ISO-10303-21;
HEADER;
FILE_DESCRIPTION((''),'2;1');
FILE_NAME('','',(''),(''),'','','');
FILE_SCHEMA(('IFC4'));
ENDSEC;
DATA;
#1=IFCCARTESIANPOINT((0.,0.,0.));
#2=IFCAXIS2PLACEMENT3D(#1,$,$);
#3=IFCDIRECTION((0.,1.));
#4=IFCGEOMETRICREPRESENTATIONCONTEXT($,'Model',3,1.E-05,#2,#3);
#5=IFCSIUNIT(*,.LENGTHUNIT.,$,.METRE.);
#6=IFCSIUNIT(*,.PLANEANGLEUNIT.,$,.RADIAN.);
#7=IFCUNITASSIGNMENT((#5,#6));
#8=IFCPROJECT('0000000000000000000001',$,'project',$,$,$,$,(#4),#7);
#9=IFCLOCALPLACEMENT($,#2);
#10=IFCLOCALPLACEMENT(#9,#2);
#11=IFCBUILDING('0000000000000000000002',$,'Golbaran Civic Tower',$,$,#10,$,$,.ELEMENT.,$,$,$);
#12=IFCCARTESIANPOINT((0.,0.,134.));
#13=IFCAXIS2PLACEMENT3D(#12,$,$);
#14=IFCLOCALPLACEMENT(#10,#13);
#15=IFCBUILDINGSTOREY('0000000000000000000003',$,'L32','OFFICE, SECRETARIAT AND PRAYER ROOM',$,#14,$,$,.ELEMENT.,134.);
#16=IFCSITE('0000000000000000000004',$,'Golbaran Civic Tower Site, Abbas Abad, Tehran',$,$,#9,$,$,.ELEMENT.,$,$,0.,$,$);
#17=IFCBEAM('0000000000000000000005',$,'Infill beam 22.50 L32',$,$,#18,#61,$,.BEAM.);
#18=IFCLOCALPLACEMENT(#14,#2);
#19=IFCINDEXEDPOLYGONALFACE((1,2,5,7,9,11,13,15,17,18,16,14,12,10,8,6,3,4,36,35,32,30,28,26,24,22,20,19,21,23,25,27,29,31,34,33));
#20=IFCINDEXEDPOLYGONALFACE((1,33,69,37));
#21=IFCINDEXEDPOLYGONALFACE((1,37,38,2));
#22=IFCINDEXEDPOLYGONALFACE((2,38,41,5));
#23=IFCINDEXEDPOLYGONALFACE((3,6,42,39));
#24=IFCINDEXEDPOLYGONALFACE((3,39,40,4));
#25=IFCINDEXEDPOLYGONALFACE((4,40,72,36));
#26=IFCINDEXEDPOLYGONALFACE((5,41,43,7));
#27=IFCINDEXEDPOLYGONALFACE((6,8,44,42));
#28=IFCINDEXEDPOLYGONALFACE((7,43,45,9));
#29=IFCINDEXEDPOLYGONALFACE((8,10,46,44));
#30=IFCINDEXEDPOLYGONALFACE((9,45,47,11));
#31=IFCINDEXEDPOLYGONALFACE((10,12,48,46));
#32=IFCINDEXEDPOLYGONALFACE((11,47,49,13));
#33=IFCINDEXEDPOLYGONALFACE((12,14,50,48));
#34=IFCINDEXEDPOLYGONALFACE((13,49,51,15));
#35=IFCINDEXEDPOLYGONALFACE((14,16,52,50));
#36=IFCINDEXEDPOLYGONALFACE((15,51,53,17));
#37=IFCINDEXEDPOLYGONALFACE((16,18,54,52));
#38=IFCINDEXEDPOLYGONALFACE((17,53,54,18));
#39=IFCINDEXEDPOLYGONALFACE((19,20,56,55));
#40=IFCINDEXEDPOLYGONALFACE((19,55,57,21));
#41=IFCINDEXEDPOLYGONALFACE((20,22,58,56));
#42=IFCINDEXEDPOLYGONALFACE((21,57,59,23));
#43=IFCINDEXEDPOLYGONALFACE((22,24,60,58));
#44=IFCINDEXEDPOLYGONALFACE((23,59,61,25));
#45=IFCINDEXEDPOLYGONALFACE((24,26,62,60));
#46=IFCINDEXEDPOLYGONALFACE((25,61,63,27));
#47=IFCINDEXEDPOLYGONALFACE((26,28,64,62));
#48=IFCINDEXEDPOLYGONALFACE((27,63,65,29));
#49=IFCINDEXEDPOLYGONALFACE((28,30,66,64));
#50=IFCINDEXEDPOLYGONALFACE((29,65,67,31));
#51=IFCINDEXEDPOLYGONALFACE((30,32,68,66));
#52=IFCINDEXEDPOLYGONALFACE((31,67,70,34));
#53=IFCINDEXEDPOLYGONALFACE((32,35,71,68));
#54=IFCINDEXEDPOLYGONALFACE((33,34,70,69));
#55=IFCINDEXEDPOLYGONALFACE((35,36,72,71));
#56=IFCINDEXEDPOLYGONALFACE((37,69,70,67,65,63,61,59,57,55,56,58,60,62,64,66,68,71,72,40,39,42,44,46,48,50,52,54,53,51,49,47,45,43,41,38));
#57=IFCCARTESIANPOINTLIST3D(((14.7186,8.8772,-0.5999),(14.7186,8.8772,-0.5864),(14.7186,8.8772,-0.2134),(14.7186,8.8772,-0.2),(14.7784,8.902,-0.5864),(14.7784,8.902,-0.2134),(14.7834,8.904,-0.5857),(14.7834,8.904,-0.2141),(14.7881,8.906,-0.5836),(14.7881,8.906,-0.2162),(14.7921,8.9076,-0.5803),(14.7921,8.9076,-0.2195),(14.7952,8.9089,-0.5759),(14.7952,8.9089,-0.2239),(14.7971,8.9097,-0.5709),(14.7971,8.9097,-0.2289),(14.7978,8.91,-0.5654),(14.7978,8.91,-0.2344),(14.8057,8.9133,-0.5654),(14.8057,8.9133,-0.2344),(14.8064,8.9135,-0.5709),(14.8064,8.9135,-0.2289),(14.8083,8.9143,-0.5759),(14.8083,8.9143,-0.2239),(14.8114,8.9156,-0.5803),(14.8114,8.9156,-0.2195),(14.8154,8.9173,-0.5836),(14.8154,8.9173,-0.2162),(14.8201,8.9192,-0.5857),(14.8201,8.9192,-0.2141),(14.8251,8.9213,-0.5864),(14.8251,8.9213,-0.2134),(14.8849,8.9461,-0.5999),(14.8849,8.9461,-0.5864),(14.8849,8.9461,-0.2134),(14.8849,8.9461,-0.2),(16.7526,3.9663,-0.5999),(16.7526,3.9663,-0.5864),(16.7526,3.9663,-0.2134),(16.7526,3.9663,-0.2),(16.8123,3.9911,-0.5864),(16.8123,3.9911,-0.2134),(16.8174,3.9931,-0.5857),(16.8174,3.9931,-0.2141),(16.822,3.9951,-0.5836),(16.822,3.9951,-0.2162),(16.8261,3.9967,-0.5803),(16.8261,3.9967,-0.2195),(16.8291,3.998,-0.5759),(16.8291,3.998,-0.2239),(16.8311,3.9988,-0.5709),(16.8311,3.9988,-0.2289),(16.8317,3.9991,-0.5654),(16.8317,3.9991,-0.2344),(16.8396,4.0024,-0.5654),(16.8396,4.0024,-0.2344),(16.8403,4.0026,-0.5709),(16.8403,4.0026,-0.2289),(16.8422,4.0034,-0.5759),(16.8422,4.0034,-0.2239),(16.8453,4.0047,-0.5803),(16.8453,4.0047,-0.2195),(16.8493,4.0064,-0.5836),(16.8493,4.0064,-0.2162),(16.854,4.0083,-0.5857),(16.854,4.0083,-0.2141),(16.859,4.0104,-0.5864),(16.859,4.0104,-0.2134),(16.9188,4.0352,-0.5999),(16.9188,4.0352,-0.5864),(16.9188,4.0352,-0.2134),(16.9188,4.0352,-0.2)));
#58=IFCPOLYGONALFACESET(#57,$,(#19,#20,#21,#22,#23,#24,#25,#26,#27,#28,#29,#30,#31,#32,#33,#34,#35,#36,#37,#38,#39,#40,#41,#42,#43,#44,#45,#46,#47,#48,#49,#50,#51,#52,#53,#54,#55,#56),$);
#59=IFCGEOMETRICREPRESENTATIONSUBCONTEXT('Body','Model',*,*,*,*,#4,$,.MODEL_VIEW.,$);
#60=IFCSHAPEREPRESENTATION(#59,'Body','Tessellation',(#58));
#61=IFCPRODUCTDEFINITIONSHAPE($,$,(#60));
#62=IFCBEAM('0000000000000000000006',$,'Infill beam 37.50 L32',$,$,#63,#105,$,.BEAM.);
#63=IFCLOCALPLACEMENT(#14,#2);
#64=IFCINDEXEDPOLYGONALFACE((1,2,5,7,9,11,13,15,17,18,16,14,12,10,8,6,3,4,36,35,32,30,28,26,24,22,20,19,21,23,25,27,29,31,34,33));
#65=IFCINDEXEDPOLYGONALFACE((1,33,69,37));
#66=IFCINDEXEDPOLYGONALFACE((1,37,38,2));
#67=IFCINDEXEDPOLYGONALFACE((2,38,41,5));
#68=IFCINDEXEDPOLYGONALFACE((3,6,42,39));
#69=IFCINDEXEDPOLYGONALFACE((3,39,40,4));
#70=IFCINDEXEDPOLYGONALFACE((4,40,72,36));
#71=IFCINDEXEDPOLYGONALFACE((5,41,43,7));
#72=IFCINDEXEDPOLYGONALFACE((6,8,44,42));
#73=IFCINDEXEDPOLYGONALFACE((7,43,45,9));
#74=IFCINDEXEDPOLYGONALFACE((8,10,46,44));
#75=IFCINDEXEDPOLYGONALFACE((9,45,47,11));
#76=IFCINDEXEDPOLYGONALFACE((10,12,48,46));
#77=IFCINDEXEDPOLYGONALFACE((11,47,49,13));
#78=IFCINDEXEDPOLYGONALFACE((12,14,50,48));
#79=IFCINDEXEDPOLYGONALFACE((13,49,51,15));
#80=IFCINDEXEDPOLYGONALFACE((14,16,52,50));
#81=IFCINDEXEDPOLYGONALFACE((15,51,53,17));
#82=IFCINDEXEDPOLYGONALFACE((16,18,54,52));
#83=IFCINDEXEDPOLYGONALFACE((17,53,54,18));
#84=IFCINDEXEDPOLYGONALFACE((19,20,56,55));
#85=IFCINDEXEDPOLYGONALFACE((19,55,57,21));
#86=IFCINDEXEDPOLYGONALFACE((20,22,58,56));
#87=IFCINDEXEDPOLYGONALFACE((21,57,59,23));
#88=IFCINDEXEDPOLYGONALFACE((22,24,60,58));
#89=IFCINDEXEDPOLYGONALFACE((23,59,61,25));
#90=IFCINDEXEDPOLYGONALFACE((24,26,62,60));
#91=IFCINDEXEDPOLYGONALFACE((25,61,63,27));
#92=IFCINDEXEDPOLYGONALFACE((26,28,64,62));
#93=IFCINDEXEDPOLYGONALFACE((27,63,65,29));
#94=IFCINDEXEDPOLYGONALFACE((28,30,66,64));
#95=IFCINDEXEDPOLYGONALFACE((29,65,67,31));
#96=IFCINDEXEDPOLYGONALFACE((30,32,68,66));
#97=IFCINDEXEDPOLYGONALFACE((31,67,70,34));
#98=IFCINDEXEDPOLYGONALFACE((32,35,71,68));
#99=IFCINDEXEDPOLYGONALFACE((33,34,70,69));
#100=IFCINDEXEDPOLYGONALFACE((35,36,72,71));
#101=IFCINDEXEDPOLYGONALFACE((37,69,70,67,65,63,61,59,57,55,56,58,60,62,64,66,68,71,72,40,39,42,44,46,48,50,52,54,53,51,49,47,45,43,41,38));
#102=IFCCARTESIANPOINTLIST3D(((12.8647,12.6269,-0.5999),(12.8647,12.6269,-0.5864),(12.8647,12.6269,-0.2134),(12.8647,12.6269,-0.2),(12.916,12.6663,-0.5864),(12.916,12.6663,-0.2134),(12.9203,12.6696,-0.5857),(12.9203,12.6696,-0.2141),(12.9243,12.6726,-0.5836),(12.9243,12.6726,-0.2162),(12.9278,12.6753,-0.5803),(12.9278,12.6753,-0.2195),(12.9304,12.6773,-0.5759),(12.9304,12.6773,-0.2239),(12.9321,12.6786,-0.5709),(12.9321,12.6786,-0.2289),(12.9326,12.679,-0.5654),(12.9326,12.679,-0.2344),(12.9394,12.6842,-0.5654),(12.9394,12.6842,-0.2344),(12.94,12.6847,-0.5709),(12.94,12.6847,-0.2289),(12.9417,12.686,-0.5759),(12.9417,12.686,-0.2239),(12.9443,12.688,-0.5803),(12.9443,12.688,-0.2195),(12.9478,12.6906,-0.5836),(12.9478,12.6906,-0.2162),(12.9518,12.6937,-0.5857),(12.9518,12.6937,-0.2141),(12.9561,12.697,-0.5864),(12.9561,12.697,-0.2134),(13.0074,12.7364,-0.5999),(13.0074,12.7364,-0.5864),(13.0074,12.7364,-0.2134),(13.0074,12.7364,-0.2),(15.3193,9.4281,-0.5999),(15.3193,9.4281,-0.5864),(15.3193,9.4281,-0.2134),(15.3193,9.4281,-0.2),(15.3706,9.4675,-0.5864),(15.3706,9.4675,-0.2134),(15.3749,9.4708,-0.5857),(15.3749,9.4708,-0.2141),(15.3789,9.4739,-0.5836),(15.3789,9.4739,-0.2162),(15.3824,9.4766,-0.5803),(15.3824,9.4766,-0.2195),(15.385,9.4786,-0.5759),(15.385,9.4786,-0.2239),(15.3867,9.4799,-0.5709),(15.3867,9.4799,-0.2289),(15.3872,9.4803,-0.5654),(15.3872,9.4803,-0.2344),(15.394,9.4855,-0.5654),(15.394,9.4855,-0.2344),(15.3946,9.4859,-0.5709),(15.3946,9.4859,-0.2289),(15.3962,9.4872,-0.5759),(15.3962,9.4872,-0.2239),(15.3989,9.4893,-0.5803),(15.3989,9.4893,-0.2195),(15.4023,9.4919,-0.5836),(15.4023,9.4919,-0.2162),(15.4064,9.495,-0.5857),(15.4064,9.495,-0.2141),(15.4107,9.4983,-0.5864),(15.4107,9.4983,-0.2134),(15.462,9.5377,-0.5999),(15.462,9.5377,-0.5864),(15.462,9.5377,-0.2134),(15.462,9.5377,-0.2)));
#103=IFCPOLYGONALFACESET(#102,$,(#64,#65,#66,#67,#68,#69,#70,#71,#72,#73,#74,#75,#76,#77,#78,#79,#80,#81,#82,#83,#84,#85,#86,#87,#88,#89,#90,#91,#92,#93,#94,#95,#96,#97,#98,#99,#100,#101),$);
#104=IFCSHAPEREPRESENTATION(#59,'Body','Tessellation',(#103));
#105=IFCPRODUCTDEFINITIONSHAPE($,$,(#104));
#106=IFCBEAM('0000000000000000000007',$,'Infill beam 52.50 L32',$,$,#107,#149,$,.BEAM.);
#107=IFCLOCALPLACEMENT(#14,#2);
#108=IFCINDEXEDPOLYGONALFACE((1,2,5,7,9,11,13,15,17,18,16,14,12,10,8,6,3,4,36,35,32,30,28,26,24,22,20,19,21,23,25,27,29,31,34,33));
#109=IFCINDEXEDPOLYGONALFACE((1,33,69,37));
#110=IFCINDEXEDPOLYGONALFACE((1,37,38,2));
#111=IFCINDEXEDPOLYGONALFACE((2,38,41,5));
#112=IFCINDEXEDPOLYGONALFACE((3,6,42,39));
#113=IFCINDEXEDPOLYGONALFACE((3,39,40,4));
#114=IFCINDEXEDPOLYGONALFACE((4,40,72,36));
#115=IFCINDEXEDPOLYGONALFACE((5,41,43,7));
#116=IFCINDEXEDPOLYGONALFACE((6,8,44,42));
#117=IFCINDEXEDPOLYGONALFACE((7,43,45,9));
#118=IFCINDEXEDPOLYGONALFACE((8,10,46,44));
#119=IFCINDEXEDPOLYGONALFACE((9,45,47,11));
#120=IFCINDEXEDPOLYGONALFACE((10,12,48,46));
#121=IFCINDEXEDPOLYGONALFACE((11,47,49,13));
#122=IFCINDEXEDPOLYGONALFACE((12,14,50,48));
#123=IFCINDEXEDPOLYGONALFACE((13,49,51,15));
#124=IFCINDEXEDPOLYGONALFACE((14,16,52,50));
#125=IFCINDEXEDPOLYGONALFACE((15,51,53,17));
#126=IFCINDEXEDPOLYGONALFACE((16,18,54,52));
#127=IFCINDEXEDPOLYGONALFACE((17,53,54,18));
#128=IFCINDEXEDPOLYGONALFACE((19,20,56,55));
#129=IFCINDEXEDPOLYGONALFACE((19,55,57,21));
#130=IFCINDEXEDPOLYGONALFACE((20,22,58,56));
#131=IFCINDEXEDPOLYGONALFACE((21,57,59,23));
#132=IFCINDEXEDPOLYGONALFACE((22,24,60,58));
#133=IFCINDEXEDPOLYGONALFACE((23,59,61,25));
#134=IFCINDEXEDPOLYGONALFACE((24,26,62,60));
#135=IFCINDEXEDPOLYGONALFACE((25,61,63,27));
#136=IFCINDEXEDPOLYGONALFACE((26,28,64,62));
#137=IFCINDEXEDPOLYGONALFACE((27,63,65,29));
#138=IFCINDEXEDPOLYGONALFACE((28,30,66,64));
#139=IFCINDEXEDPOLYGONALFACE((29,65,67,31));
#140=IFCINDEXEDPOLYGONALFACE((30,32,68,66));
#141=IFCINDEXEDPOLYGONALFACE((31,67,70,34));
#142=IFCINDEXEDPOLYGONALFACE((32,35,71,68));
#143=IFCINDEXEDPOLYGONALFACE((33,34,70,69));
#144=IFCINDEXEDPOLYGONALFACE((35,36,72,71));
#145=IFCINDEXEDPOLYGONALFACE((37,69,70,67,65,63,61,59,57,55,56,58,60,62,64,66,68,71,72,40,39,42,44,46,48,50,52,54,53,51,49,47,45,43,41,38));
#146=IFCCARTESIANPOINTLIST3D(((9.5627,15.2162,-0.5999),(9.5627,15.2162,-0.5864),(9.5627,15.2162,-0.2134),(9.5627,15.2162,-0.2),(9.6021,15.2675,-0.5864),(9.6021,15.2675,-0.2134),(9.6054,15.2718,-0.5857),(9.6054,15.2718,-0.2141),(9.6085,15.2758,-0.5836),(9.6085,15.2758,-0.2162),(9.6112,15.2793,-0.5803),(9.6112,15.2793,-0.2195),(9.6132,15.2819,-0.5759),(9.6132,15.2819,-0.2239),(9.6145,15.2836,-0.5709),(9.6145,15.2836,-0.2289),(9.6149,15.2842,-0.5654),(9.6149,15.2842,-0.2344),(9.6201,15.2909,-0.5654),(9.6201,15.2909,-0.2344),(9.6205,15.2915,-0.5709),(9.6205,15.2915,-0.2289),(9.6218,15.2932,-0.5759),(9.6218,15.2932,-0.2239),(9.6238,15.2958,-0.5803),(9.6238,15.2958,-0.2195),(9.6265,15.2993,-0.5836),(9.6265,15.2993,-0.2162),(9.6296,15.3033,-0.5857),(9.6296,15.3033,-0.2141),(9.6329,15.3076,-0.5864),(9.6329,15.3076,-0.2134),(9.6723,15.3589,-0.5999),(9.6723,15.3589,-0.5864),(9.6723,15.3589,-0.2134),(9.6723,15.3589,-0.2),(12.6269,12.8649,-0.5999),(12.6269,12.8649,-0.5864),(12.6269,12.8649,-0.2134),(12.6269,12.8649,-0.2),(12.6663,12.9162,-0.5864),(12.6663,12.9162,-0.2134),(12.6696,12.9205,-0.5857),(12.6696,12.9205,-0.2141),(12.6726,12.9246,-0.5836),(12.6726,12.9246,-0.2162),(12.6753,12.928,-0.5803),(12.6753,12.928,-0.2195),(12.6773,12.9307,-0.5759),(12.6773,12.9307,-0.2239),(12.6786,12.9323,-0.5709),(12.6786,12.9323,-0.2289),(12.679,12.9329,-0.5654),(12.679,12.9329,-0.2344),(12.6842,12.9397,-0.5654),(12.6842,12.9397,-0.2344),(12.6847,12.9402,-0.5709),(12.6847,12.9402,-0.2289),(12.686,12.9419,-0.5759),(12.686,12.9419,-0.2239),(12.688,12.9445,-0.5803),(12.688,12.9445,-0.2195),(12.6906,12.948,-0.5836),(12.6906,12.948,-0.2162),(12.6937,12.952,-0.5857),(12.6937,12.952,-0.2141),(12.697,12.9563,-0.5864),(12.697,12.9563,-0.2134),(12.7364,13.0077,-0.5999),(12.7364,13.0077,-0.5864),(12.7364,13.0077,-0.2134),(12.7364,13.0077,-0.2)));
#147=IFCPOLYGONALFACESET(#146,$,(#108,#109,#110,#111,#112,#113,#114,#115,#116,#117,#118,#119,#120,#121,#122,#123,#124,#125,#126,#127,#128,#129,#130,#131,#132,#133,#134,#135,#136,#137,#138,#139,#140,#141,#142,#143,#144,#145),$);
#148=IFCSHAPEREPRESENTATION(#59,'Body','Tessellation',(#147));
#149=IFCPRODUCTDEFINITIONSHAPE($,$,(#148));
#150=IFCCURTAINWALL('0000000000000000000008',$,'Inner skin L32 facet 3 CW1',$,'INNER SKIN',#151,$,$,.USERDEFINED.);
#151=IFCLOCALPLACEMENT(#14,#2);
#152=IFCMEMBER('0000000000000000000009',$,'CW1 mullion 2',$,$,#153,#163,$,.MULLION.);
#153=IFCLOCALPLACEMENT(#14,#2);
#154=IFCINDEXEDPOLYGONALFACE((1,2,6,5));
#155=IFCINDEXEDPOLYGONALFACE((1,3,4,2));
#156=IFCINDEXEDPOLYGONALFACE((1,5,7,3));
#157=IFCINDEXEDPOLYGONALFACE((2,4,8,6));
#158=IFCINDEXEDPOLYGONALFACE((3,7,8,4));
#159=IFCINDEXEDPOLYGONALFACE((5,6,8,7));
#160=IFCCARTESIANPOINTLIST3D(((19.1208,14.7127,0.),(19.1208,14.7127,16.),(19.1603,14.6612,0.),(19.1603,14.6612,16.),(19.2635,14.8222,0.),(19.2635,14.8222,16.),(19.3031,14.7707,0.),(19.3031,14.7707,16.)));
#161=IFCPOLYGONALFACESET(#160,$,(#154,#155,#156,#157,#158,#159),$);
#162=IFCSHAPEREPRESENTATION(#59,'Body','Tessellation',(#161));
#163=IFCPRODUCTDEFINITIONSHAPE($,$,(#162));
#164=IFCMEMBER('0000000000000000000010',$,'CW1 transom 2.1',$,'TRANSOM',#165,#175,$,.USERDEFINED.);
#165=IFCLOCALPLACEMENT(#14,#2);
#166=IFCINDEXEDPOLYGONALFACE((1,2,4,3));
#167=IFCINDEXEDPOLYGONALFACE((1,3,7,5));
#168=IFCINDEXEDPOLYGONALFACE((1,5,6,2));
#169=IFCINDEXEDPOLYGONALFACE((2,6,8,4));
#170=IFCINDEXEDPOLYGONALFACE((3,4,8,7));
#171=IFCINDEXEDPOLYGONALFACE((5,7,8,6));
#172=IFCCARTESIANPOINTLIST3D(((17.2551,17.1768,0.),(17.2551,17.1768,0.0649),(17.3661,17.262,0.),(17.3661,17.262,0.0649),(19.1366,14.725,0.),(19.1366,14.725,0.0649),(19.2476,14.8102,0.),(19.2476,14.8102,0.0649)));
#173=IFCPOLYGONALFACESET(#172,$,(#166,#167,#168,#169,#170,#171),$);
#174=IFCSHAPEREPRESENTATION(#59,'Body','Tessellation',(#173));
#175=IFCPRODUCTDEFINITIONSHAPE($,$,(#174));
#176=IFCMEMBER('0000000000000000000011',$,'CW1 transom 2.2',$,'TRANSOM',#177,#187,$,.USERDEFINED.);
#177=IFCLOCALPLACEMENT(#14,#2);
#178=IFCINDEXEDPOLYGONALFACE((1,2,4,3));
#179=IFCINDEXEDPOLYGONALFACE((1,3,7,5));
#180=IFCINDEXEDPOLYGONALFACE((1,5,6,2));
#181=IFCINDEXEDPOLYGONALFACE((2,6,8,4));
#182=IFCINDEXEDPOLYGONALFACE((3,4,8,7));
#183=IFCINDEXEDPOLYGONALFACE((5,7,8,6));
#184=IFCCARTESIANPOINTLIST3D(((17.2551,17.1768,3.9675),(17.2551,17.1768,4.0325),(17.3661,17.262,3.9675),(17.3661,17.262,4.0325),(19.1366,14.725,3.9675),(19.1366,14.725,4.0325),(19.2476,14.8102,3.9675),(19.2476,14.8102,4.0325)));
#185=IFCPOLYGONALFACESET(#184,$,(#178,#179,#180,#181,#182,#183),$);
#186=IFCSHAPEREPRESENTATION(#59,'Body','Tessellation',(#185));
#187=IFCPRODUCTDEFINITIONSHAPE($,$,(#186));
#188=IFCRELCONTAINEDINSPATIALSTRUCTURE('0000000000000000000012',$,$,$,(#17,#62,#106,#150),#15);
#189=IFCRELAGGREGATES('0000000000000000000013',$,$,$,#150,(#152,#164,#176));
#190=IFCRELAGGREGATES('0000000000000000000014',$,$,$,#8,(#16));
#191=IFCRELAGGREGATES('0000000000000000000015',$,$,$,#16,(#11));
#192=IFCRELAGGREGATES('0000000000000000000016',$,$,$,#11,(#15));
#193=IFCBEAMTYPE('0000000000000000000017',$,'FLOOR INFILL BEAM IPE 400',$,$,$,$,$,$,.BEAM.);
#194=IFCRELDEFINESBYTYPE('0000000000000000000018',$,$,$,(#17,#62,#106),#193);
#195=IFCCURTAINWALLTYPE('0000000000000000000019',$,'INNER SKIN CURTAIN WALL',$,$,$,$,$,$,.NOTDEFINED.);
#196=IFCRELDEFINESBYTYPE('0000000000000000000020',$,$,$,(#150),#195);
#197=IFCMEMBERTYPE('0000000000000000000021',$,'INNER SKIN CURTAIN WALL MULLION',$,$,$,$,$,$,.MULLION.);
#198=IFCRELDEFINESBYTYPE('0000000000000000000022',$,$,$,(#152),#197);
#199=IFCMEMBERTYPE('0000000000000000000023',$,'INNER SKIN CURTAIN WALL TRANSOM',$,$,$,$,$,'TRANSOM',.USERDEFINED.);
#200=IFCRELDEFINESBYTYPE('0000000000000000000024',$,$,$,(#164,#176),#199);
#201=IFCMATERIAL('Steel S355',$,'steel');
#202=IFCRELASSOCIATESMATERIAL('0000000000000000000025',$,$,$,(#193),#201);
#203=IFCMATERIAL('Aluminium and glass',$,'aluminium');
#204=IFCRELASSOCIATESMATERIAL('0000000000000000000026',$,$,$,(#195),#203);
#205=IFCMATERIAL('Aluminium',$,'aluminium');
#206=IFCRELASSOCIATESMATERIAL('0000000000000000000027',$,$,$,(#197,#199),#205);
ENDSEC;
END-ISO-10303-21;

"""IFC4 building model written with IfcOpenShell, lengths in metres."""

from ifc_helpers import new_model, si_unit, direction, frame, origin, origin_2d, place, context, subcontext, project, spatial, rectangle, i_section, extrude, material, material_profile, profile_set, type_object, element, aggregate, save


model = new_model("IFC4")

# Units and contexts
model_context = context("Model", 3, precision=1e-05, world=origin(), true_north=direction((0.0, 1.0)))
body_context = subcontext(model_context, "Body", "Model", "MODEL_VIEW")
ifc_project = project(units=[si_unit("LENGTHUNIT", "METRE"), si_unit("PLANEANGLEUNIT", "RADIAN")], contexts=[model_context])

# Site, building, storey
site_placement = place(None, origin())
site = spatial("IfcSite", under=ifc_project, at=site_placement, Name="Golbaran Civic Tower Site, Abbas Abad, Tehran", CompositionType="ELEMENT", RefElevation=0.0)
building_placement = place(site_placement, origin())
building = spatial("IfcBuilding", under=site, at=building_placement, Name="Golbaran Civic Tower", CompositionType="ELEMENT")
storey_placement = place(building_placement, frame((0.0, 0.0, 134.0)))
storey = spatial("IfcBuildingStorey", under=building, at=storey_placement, Name="L32", Description="OFFICE, SECRETARIAT AND PRAYER ROOM", CompositionType="ELEMENT", Elevation=134.0)

# Beams
ifc_material_1 = material(Name="Steel S355", Category="steel")
ifc_material_profile_1 = material_profile(ifc_material_1, i_section(OverallWidth=0.1799, OverallDepth=0.3999, WebThickness=0.0085, FlangeThickness=0.0134, FilletRadius=0.021, at=origin_2d()), Name="IPE 400")
ifc_profile_set_1 = profile_set([ifc_material_profile_1], Name="Steel S355")
beam_type = type_object("IfcBeamType", Name="FLOOR INFILL BEAM IPE 400", PredefinedType="BEAM", material=ifc_profile_set_1)
beam_1_placement = place(storey_placement, frame((16.8357, 4.0007, -0.3999), z_axis=(-0.382648, 0.923894, 0.0), x_axis=(-0.923894, -0.382648, 0.0)))
element("IfcBeam", 1, at=beam_1_placement, inside=storey, type_object=beam_type, Name="Infill beam 22.50 L32", PredefinedType="BEAM", context=body_context, shape_type="SweptSolid", body=[
    extrude(i_section(OverallWidth=0.1799, OverallDepth=0.3999, WebThickness=0.0085, FlangeThickness=0.0134, FilletRadius=0.021, at=origin_2d()), origin(), (0.0, 0.0, 1.0), 5.3154),
])
beam_2_placement = place(storey_placement, frame((15.3906, 9.4829, -0.3999), z_axis=(-0.60878, 0.793339, 0.0), x_axis=(-0.793339, -0.60878, 0.0)))
element("IfcBeam", 2, at=beam_2_placement, inside=storey, type_object=beam_type, Name="Infill beam 37.50 L32", PredefinedType="BEAM", context=body_context, shape_type="SweptSolid", body=[
    extrude(i_section(OverallWidth=0.1799, OverallDepth=0.3999, WebThickness=0.0085, FlangeThickness=0.0134, FilletRadius=0.021, at=origin_2d()), origin(), (0.0, 0.0, 1.0), 4.032),
])
beam_3_placement = place(storey_placement, frame((12.6816, 12.9363, -0.3999), z_axis=(-0.793345, 0.608773, 0.0), x_axis=(-0.608773, -0.793345, 0.0)))
element("IfcBeam", 3, at=beam_3_placement, inside=storey, type_object=beam_type, Name="Infill beam 52.50 L32", PredefinedType="BEAM", context=body_context, shape_type="SweptSolid", body=[
    extrude(i_section(OverallWidth=0.1799, OverallDepth=0.3999, WebThickness=0.0085, FlangeThickness=0.0134, FilletRadius=0.021, at=origin_2d()), origin(), (0.0, 0.0, 1.0), 3.8623),
])

# Curtain wall, members
ifc_material_2 = material(Name="Aluminium and glass", Category="aluminium")
curtain_wall_type = type_object("IfcCurtainWallType", Name="INNER SKIN CURTAIN WALL", PredefinedType="NOTDEFINED", material=ifc_material_2)
curtain_wall_placement = place(storey_placement, origin())
curtain_wall = element("IfcCurtainWall", 4, at=curtain_wall_placement, inside=storey, type_object=curtain_wall_type, Name="Inner skin L32 facet 3 CW1", ObjectType="INNER SKIN", PredefinedType="USERDEFINED")
ifc_material_3 = material(Name="Aluminium", Category="aluminium")
ifc_material_profile_2 = material_profile(ifc_material_3, rectangle(XDim=0.1799, YDim=0.0649, at=origin_2d()), Name="INNER SKIN CURTAIN WALL MULLION")
ifc_profile_set_2 = profile_set([ifc_material_profile_2], Name="Aluminium")
member_type_1 = type_object("IfcMemberType", Name="INNER SKIN CURTAIN WALL MULLION", PredefinedType="MULLION", material=ifc_profile_set_2)
member_1_placement = place(storey_placement, frame((19.2119, 14.7417, 0.0), z_axis=(0.0, 0.0, 1.0), x_axis=(-0.793353, -0.608761, 0.0)))
member_1 = element("IfcMember", 5, at=member_1_placement, type_object=member_type_1, Name="CW1 mullion 2", PredefinedType="MULLION", context=body_context, shape_type="SweptSolid", body=[
    extrude(rectangle(XDim=0.1799, YDim=0.0649, at=origin_2d()), origin(), (0.0, 0.0, 1.0), 16.0),
])
ifc_material_profile_3 = material_profile(ifc_material_3, rectangle(XDim=0.1399, YDim=0.0649, at=origin_2d()), Name="INNER SKIN CURTAIN WALL TRANSOM")
ifc_profile_set_3 = profile_set([ifc_material_profile_3], Name="Aluminium")
member_type_2 = type_object("IfcMemberType", Name="INNER SKIN CURTAIN WALL TRANSOM", ElementType="TRANSOM", PredefinedType="USERDEFINED", material=ifc_profile_set_3)
member_2_placement = place(storey_placement, frame((19.1921, 14.7676, 0.0325), z_axis=(-0.608798, 0.793325, 0.0), x_axis=(-0.793325, -0.608798, 0.0)))
member_2 = element("IfcMember", 6, at=member_2_placement, type_object=member_type_2, Name="CW1 transom 2.1", ObjectType="TRANSOM", PredefinedType="USERDEFINED", context=body_context, shape_type="SweptSolid", body=[
    extrude(rectangle(XDim=0.1399, YDim=0.0649, at=origin_2d()), origin(), (0.0, 0.0, 1.0), 3.0906),
])
member_3_placement = place(storey_placement, frame((19.1921, 14.7676, 4.0), z_axis=(-0.608798, 0.793325, 0.0), x_axis=(-0.793325, -0.608798, 0.0)))
member_3 = element("IfcMember", 7, at=member_3_placement, type_object=member_type_2, Name="CW1 transom 2.2", ObjectType="TRANSOM", PredefinedType="USERDEFINED", context=body_context, shape_type="SweptSolid", body=[
    extrude(rectangle(XDim=0.1399, YDim=0.0649, at=origin_2d()), origin(), (0.0, 0.0, 1.0), 3.0906),
])
aggregate(curtain_wall, [member_1, member_2, member_3])

save(model, "model.ifc")
